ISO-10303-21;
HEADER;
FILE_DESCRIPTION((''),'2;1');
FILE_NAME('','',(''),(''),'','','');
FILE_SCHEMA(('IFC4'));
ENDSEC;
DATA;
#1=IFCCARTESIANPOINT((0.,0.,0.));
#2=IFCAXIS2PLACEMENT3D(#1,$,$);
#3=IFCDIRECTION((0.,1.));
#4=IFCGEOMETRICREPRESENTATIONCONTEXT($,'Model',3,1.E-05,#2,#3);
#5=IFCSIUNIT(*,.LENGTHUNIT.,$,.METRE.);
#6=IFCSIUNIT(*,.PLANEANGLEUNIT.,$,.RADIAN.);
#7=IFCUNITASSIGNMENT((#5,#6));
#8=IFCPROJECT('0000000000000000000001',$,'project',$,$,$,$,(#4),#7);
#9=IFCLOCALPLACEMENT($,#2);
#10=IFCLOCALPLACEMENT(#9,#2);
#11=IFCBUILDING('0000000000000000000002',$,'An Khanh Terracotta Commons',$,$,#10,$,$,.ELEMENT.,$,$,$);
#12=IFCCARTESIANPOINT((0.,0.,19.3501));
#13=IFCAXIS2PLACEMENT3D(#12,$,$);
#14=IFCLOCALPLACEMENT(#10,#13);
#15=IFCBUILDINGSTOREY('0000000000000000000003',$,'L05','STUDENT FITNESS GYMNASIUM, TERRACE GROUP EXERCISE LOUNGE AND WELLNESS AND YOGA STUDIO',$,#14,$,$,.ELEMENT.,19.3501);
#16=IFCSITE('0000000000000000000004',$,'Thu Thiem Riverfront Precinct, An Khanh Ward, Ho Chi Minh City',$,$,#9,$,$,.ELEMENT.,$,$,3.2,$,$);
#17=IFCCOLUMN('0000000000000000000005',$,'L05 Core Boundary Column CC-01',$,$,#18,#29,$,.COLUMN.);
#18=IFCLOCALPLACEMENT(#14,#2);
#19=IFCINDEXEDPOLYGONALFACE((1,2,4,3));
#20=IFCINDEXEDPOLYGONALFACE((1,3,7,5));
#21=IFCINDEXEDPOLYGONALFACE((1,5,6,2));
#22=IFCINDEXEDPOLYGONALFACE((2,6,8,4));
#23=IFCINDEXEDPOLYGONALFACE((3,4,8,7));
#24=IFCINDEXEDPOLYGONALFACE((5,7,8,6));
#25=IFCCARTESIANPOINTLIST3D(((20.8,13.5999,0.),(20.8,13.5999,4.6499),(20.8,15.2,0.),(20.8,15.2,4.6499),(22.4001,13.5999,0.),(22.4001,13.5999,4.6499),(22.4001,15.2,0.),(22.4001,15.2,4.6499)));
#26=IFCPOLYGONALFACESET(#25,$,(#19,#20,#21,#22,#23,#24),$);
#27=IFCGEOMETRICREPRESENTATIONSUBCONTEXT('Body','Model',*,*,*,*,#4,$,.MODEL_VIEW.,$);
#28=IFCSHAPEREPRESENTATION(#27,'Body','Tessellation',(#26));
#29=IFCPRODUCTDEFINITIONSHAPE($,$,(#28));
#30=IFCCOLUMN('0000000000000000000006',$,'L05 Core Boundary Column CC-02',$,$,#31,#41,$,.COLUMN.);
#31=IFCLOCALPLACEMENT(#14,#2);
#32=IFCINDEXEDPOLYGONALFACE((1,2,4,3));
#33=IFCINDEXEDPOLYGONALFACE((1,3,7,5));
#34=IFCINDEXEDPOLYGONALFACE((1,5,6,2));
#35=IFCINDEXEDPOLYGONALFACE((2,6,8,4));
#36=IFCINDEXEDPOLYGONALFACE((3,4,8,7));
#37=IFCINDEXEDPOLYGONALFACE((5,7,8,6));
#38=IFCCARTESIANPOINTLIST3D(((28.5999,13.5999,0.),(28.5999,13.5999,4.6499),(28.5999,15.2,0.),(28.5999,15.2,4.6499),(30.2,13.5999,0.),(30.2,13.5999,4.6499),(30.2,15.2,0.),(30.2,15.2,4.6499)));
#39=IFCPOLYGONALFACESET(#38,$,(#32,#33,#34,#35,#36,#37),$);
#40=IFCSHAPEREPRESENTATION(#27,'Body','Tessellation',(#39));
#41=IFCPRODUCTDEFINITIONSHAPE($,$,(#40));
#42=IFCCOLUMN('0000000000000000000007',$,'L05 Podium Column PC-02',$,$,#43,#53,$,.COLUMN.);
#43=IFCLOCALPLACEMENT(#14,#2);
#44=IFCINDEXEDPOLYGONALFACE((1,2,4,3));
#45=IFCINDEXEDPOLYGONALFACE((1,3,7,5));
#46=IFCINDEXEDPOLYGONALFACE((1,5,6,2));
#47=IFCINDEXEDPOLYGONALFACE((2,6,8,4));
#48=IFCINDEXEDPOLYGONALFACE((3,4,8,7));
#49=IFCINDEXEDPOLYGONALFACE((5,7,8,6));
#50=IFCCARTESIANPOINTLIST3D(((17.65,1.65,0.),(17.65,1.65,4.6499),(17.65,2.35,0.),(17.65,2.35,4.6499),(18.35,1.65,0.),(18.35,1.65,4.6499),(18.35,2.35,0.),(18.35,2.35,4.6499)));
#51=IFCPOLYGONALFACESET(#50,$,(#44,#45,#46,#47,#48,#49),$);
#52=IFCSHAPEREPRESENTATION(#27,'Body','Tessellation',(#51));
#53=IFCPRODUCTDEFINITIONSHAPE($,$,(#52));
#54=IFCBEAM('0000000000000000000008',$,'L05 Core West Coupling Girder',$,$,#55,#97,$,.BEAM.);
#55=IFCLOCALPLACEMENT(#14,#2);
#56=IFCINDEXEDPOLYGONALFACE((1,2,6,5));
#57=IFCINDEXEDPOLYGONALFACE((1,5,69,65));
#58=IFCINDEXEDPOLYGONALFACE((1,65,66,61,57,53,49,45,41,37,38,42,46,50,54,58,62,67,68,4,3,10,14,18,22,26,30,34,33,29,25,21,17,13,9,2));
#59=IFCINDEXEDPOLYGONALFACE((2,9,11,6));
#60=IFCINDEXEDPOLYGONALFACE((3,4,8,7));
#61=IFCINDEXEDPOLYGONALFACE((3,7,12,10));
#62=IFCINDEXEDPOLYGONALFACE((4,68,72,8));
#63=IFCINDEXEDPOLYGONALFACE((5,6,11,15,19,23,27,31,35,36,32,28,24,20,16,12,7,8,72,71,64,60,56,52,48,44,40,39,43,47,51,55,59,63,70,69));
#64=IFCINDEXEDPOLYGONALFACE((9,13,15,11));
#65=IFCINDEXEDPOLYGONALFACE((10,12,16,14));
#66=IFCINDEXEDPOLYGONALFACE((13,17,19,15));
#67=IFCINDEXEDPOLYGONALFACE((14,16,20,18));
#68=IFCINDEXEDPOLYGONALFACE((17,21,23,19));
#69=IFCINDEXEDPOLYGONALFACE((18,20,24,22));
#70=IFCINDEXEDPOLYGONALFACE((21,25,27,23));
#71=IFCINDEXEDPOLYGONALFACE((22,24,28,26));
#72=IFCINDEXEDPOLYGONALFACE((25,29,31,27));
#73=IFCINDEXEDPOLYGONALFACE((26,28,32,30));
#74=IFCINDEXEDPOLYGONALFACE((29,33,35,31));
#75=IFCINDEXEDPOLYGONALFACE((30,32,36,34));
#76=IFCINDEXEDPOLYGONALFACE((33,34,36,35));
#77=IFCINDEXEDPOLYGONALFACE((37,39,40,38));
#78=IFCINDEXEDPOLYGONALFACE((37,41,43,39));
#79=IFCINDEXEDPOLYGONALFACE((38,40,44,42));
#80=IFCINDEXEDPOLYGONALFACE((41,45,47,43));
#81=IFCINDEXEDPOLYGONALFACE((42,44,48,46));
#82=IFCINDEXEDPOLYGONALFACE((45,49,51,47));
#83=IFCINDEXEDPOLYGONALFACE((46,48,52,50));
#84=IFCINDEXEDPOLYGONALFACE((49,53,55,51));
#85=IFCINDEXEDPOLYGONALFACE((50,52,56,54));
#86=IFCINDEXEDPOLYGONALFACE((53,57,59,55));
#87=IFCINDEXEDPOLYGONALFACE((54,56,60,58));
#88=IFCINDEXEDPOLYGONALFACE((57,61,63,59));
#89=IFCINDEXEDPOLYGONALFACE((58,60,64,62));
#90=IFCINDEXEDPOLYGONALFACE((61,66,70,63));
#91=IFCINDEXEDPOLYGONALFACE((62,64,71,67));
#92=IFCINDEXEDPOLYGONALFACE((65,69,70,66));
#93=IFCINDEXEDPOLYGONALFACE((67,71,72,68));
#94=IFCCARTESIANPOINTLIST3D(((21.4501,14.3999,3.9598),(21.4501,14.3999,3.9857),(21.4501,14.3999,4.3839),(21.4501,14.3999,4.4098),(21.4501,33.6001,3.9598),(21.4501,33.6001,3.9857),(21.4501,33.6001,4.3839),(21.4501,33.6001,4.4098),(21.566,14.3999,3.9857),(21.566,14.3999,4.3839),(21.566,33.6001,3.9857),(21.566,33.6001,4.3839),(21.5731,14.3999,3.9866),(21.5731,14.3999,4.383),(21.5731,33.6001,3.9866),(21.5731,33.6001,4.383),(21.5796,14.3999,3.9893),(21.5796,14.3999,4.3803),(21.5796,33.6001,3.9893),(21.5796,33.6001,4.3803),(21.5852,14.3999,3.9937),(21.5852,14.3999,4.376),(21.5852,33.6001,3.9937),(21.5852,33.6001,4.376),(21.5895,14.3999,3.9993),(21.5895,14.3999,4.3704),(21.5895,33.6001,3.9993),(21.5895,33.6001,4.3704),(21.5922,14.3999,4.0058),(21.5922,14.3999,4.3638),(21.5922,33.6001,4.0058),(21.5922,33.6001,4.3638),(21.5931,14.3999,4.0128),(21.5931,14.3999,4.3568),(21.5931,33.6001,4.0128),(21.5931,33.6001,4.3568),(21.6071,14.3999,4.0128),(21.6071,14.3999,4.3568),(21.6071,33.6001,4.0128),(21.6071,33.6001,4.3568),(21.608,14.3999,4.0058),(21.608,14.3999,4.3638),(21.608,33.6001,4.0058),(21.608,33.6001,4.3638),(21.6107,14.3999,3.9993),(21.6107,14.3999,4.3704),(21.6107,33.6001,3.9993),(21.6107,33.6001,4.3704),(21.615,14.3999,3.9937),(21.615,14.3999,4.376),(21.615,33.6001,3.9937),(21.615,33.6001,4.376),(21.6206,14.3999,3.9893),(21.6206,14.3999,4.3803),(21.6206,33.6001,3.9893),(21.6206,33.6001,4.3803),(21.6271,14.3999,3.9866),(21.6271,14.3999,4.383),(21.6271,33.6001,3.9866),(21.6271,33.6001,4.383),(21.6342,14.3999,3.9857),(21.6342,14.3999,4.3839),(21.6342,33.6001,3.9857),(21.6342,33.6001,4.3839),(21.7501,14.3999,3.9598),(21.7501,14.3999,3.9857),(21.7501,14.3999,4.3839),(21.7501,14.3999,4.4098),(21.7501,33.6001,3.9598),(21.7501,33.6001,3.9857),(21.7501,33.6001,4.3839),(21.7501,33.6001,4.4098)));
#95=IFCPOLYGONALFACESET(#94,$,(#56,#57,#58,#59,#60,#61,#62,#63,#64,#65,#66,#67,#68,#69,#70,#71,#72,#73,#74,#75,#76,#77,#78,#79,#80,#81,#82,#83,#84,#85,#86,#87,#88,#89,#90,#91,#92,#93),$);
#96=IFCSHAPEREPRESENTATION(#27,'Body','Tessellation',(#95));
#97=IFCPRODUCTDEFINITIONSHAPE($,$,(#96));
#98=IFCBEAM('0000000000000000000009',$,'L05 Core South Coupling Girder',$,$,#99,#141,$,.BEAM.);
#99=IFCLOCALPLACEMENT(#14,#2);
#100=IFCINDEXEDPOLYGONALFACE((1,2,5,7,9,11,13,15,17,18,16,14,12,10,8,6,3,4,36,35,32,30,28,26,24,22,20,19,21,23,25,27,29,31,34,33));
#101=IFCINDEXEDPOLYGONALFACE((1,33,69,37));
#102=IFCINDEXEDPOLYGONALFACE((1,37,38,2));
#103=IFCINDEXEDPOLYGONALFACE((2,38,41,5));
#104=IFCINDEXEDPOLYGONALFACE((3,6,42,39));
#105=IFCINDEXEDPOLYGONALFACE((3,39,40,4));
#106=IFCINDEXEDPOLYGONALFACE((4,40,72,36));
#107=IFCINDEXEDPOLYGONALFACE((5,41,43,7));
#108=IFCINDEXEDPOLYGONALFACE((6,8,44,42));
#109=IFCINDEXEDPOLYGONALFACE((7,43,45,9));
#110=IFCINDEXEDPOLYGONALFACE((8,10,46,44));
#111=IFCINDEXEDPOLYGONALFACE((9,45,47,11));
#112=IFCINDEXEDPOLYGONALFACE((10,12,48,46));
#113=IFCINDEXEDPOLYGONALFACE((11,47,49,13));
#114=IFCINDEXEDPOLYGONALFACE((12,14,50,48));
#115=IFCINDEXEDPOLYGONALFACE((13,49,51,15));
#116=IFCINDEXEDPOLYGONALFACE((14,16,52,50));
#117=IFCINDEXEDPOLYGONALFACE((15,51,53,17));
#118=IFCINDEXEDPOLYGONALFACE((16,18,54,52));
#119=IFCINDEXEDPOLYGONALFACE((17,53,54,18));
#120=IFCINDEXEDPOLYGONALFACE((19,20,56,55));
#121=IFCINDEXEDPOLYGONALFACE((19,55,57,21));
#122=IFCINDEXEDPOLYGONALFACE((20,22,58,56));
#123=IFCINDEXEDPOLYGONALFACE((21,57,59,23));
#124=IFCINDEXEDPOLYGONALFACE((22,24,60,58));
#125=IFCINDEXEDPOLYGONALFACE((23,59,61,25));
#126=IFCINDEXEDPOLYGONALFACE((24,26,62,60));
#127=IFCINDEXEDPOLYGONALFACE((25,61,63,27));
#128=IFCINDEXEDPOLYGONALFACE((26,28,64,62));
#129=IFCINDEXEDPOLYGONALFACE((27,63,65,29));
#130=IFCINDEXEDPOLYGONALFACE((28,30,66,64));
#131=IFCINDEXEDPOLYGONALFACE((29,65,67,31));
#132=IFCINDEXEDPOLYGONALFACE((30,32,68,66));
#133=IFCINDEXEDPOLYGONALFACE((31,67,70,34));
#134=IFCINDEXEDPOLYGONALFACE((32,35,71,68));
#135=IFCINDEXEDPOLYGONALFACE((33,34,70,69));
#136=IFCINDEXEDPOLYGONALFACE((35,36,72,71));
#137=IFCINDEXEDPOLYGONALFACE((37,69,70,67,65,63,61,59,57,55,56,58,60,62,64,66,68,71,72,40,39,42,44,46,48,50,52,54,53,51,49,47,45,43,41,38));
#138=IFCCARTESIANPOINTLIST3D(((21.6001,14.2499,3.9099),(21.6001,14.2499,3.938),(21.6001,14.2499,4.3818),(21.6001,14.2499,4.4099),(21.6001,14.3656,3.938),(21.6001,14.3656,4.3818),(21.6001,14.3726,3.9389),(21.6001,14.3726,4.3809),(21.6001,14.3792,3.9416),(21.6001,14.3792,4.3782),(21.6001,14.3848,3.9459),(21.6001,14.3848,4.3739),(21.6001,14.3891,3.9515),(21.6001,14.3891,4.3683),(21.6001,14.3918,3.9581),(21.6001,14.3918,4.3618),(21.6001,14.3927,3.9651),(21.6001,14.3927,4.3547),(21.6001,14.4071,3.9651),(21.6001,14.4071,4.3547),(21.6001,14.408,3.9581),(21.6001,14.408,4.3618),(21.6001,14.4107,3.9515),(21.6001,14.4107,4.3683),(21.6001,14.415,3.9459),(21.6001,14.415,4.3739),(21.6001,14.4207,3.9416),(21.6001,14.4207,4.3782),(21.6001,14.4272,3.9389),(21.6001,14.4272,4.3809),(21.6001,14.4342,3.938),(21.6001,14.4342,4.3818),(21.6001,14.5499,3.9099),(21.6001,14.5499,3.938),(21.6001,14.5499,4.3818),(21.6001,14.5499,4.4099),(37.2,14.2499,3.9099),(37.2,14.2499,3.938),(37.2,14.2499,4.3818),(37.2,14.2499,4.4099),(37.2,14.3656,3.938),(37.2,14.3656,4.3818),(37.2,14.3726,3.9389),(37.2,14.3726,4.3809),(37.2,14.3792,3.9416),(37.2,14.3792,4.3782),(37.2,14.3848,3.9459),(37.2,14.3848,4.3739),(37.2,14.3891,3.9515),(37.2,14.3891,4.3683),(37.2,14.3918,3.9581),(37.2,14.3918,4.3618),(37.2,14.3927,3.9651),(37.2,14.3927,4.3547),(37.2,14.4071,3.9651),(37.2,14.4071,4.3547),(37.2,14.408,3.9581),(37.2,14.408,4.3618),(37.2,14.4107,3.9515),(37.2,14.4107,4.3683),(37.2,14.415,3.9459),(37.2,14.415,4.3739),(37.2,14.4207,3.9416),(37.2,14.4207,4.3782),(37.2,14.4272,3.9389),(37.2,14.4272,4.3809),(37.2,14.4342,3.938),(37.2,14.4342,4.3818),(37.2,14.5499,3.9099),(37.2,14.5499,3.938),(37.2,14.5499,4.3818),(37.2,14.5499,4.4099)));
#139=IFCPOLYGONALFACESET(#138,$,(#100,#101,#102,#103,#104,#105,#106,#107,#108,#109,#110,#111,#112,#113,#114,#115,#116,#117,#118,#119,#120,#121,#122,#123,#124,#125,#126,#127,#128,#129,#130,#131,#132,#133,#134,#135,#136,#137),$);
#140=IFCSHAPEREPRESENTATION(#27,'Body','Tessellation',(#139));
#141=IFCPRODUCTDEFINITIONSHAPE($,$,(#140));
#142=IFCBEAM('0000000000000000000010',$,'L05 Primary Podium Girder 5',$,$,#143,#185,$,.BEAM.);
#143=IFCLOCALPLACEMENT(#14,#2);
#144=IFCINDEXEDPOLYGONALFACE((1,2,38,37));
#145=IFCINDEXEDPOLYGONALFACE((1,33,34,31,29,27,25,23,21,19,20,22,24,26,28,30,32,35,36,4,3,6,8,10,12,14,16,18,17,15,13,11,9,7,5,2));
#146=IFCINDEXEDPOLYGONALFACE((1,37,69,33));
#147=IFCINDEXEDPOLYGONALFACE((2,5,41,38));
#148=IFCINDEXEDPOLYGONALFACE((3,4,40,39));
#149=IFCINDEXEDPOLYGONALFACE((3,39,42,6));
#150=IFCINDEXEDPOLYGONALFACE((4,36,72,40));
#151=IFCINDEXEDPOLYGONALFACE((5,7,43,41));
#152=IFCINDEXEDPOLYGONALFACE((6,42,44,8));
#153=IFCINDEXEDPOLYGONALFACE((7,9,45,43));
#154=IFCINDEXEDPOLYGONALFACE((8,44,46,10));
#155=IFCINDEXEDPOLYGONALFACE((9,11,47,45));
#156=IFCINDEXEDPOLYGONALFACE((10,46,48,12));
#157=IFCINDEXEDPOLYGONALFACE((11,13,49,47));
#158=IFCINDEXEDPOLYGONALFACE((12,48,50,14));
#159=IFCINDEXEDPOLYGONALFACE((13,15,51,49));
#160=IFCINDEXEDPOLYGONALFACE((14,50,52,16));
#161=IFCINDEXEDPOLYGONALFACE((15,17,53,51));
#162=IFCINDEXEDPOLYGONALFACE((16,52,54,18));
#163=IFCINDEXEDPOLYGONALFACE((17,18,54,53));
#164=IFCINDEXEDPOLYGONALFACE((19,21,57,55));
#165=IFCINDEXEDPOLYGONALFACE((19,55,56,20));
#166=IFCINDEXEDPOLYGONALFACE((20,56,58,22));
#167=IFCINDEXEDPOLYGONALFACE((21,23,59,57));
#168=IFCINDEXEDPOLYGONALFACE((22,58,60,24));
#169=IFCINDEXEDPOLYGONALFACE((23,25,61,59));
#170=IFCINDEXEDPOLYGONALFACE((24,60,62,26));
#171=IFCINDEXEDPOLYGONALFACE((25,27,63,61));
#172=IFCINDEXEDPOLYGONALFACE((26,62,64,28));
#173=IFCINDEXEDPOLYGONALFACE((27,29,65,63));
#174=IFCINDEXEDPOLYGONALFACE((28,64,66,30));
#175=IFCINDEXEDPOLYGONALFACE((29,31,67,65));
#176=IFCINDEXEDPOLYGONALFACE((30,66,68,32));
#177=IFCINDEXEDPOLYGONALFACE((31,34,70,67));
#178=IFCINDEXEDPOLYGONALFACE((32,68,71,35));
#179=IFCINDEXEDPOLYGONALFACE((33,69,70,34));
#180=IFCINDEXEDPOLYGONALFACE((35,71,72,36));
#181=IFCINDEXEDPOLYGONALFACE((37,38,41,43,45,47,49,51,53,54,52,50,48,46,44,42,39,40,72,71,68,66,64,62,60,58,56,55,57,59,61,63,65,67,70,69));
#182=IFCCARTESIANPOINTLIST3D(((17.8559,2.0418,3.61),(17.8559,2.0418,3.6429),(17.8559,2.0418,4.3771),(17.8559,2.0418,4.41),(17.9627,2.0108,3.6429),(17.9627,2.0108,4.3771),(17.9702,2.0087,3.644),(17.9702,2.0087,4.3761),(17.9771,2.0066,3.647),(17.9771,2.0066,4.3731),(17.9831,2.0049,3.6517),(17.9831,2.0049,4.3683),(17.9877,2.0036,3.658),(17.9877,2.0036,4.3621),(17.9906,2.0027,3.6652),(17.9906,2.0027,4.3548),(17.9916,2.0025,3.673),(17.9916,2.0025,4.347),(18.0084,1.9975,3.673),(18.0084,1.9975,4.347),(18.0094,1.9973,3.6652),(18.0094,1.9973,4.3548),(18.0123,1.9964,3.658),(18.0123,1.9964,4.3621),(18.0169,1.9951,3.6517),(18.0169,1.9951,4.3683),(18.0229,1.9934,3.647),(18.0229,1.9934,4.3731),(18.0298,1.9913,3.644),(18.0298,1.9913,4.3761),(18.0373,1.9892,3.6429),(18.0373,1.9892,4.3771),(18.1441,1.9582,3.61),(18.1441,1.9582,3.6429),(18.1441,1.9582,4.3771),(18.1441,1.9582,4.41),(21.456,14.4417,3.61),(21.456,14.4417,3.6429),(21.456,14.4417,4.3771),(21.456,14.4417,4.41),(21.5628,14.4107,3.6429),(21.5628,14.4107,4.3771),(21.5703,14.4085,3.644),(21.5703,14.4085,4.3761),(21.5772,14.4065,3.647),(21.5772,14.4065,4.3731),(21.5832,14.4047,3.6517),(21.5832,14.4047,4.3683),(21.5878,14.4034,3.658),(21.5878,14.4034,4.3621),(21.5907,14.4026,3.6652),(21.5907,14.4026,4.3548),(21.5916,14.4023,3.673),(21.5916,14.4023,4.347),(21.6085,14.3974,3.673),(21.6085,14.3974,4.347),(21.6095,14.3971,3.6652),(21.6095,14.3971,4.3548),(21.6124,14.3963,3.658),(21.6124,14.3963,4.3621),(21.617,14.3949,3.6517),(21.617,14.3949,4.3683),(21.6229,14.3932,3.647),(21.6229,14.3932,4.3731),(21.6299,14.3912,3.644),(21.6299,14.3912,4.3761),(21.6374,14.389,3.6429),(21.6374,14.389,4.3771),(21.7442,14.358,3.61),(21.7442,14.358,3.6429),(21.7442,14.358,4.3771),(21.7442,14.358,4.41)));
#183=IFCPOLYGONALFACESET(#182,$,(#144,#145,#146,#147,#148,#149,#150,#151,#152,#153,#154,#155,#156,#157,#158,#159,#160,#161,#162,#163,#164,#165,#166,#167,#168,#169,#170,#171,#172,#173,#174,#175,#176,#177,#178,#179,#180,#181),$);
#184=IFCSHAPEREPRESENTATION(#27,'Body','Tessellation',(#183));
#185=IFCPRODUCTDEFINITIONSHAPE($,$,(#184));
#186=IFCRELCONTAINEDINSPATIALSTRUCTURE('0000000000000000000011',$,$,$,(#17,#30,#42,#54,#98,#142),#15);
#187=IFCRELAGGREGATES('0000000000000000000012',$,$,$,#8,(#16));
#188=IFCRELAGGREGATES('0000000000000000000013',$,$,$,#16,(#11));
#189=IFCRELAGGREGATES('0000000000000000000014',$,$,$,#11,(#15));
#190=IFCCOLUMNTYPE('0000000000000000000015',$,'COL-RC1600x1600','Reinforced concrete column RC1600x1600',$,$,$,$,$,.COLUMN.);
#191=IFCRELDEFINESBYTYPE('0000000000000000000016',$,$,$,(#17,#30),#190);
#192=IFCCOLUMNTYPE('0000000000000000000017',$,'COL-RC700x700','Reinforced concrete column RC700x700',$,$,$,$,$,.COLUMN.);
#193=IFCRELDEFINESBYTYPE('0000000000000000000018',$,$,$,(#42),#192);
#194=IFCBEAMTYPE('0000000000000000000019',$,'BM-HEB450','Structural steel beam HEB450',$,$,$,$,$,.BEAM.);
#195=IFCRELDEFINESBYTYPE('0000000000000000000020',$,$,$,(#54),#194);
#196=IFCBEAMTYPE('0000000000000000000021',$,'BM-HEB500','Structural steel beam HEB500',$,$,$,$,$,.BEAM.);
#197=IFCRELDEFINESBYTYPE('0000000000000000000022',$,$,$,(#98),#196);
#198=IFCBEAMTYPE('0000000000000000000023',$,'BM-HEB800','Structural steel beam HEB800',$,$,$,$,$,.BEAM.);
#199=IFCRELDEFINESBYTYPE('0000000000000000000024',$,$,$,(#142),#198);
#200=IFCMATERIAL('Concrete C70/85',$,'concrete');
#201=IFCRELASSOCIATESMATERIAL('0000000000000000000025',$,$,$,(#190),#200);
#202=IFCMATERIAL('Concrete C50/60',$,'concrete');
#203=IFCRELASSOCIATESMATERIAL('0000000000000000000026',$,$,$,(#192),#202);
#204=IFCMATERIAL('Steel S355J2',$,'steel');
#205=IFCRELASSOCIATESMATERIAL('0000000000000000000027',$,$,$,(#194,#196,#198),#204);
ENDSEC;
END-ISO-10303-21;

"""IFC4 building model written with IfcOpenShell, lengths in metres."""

from ifc_helpers import new_model, si_unit, direction, frame, origin, origin_2d, place, context, subcontext, project, spatial, rectangle, i_section, extrude, material, material_profile, profile_set, type_object, element, save


model = new_model("IFC4")

# Units and contexts
model_context = context("Model", 3, precision=1e-05, world=origin(), true_north=direction((0.0, 1.0)))
body_context = subcontext(model_context, "Body", "Model", "MODEL_VIEW")
ifc_project = project(units=[si_unit("LENGTHUNIT", "METRE"), si_unit("PLANEANGLEUNIT", "RADIAN")], contexts=[model_context])

# Site, building, storey
site_placement = place(None, origin())
site = spatial("IfcSite", under=ifc_project, at=site_placement, Name="Thu Thiem Riverfront Precinct, An Khanh Ward, Ho Chi Minh City", CompositionType="ELEMENT", RefElevation=3.2)
building_placement = place(site_placement, origin())
building = spatial("IfcBuilding", under=site, at=building_placement, Name="An Khanh Terracotta Commons", CompositionType="ELEMENT")
storey_placement = place(building_placement, frame((0.0, 0.0, 19.3501)))
storey = spatial("IfcBuildingStorey", under=building, at=storey_placement, Name="L05", Description="STUDENT FITNESS GYMNASIUM, TERRACE GROUP EXERCISE LOUNGE AND WELLNESS AND YOGA STUDIO", CompositionType="ELEMENT", Elevation=19.3501)

# Columns
ifc_material_1 = material(Name="Concrete C70/85", Category="concrete")
ifc_material_profile_1 = material_profile(ifc_material_1, rectangle(XDim=1.6001, YDim=1.6001, at=origin_2d()), Name="RC1600x1600")
ifc_profile_set_1 = profile_set([ifc_material_profile_1], Name="Concrete C70/85")
column_type_1 = type_object("IfcColumnType", Name="COL-RC1600x1600", Description="Reinforced concrete column RC1600x1600", PredefinedType="COLUMN", material=ifc_profile_set_1)
for number, where, z_axis, x_axis, name in (
    (1, (21.6001, 14.3999, 0.0), (0.0, 0.0, 1.0), (1.0, 0.0, 0.0), "L05 Core Boundary Column CC-01"),
    (2, (29.3999, 14.3999, 0.0), (0.0, 0.0, 1.0), (1.0, 0.0, 0.0), "L05 Core Boundary Column CC-02"),
):
    element("IfcColumn", number, at=place(storey_placement, frame(where, z_axis=z_axis, x_axis=x_axis)), inside=storey, type_object=column_type_1, Name=name, PredefinedType="COLUMN", context=body_context, shape_type="SweptSolid", body=[
        extrude(rectangle(XDim=1.6001, YDim=1.6001, at=origin_2d()), origin(), (0.0, 0.0, 1.0), 4.6499),
    ])
ifc_material_2 = material(Name="Concrete C50/60", Category="concrete")
ifc_material_profile_2 = material_profile(ifc_material_2, rectangle(XDim=0.7, YDim=0.7, at=origin_2d()), Name="RC700x700")
ifc_profile_set_2 = profile_set([ifc_material_profile_2], Name="Concrete C50/60")
column_type_2 = type_object("IfcColumnType", Name="COL-RC700x700", Description="Reinforced concrete column RC700x700", PredefinedType="COLUMN", material=ifc_profile_set_2)
column_placement = place(storey_placement, frame((18.0, 2.0, 0.0), z_axis=(0.0, 0.0, 1.0), x_axis=(1.0, 0.0, 0.0)))
element("IfcColumn", 3, at=column_placement, inside=storey, type_object=column_type_2, Name="L05 Podium Column PC-02", PredefinedType="COLUMN", context=body_context, shape_type="SweptSolid", body=[
    extrude(rectangle(XDim=0.7, YDim=0.7, at=origin_2d()), origin(), (0.0, 0.0, 1.0), 4.6499),
])

# Beams
ifc_material_3 = material(Name="Steel S355J2", Category="steel")
ifc_material_profile_3 = material_profile(ifc_material_3, i_section(OverallWidth=0.3, OverallDepth=0.45, WebThickness=0.0139, FlangeThickness=0.0259, FilletRadius=0.0271, at=origin_2d()), Name="HEB450")
ifc_profile_set_3 = profile_set([ifc_material_profile_3], Name="Steel S355J2")
beam_type_1 = type_object("IfcBeamType", Name="BM-HEB450", Description="Structural steel beam HEB450", PredefinedType="BEAM", material=ifc_profile_set_3)
beam_1_placement = place(storey_placement, frame((21.6001, 14.3999, 4.1848), z_axis=(0.0, 1.0, 0.0), x_axis=(-1.0, 0.0, 0.0)))
element("IfcBeam", 4, at=beam_1_placement, inside=storey, type_object=beam_type_1, Name="L05 Core West Coupling Girder", PredefinedType="BEAM", context=body_context, shape_type="SweptSolid", body=[
    extrude(i_section(OverallWidth=0.3, OverallDepth=0.45, WebThickness=0.0139, FlangeThickness=0.0259, FilletRadius=0.0271, at=origin_2d()), origin(), (0.0, 0.0, 1.0), 19.2002),
])
ifc_material_profile_4 = material_profile(ifc_material_3, i_section(OverallWidth=0.3, OverallDepth=0.5, WebThickness=0.0144, FlangeThickness=0.0281, FilletRadius=0.0271, at=origin_2d()), Name="HEB500")
ifc_profile_set_4 = profile_set([ifc_material_profile_4], Name="Steel S355J2")
beam_type_2 = type_object("IfcBeamType", Name="BM-HEB500", Description="Structural steel beam HEB500", PredefinedType="BEAM", material=ifc_profile_set_4)
beam_2_placement = place(storey_placement, frame((21.6001, 14.3999, 4.1599), z_axis=(1.0, 0.0, 0.0), x_axis=(0.0, 1.0, 0.0)))
element("IfcBeam", 5, at=beam_2_placement, inside=storey, type_object=beam_type_2, Name="L05 Core South Coupling Girder", PredefinedType="BEAM", context=body_context, shape_type="SweptSolid", body=[
    extrude(i_section(OverallWidth=0.3, OverallDepth=0.5, WebThickness=0.0144, FlangeThickness=0.0281, FilletRadius=0.0271, at=origin_2d()), origin(), (0.0, 0.0, 1.0), 15.5999),
])
ifc_material_profile_5 = material_profile(ifc_material_3, i_section(OverallWidth=0.3, OverallDepth=0.8, WebThickness=0.0176, FlangeThickness=0.033, FilletRadius=0.03, at=origin_2d()), Name="HEB800")
ifc_profile_set_5 = profile_set([ifc_material_profile_5], Name="Steel S355J2")
beam_type_3 = type_object("IfcBeamType", Name="BM-HEB800", Description="Structural steel beam HEB800", PredefinedType="BEAM", material=ifc_profile_set_5)
beam_3_placement = place(storey_placement, frame((18.0, 2.0, 4.01), z_axis=(0.278819, 0.960344, 0.0), x_axis=(-0.960344, 0.278819, 0.0)))
element("IfcBeam", 6, at=beam_3_placement, inside=storey, type_object=beam_type_3, Name="L05 Primary Podium Girder 5", PredefinedType="BEAM", context=body_context, shape_type="SweptSolid", body=[
    extrude(i_section(OverallWidth=0.3, OverallDepth=0.8, WebThickness=0.0176, FlangeThickness=0.033, FilletRadius=0.03, at=origin_2d()), origin(), (0.0, 0.0, 1.0), 12.9119),
])

save(model, "model.ifc")
